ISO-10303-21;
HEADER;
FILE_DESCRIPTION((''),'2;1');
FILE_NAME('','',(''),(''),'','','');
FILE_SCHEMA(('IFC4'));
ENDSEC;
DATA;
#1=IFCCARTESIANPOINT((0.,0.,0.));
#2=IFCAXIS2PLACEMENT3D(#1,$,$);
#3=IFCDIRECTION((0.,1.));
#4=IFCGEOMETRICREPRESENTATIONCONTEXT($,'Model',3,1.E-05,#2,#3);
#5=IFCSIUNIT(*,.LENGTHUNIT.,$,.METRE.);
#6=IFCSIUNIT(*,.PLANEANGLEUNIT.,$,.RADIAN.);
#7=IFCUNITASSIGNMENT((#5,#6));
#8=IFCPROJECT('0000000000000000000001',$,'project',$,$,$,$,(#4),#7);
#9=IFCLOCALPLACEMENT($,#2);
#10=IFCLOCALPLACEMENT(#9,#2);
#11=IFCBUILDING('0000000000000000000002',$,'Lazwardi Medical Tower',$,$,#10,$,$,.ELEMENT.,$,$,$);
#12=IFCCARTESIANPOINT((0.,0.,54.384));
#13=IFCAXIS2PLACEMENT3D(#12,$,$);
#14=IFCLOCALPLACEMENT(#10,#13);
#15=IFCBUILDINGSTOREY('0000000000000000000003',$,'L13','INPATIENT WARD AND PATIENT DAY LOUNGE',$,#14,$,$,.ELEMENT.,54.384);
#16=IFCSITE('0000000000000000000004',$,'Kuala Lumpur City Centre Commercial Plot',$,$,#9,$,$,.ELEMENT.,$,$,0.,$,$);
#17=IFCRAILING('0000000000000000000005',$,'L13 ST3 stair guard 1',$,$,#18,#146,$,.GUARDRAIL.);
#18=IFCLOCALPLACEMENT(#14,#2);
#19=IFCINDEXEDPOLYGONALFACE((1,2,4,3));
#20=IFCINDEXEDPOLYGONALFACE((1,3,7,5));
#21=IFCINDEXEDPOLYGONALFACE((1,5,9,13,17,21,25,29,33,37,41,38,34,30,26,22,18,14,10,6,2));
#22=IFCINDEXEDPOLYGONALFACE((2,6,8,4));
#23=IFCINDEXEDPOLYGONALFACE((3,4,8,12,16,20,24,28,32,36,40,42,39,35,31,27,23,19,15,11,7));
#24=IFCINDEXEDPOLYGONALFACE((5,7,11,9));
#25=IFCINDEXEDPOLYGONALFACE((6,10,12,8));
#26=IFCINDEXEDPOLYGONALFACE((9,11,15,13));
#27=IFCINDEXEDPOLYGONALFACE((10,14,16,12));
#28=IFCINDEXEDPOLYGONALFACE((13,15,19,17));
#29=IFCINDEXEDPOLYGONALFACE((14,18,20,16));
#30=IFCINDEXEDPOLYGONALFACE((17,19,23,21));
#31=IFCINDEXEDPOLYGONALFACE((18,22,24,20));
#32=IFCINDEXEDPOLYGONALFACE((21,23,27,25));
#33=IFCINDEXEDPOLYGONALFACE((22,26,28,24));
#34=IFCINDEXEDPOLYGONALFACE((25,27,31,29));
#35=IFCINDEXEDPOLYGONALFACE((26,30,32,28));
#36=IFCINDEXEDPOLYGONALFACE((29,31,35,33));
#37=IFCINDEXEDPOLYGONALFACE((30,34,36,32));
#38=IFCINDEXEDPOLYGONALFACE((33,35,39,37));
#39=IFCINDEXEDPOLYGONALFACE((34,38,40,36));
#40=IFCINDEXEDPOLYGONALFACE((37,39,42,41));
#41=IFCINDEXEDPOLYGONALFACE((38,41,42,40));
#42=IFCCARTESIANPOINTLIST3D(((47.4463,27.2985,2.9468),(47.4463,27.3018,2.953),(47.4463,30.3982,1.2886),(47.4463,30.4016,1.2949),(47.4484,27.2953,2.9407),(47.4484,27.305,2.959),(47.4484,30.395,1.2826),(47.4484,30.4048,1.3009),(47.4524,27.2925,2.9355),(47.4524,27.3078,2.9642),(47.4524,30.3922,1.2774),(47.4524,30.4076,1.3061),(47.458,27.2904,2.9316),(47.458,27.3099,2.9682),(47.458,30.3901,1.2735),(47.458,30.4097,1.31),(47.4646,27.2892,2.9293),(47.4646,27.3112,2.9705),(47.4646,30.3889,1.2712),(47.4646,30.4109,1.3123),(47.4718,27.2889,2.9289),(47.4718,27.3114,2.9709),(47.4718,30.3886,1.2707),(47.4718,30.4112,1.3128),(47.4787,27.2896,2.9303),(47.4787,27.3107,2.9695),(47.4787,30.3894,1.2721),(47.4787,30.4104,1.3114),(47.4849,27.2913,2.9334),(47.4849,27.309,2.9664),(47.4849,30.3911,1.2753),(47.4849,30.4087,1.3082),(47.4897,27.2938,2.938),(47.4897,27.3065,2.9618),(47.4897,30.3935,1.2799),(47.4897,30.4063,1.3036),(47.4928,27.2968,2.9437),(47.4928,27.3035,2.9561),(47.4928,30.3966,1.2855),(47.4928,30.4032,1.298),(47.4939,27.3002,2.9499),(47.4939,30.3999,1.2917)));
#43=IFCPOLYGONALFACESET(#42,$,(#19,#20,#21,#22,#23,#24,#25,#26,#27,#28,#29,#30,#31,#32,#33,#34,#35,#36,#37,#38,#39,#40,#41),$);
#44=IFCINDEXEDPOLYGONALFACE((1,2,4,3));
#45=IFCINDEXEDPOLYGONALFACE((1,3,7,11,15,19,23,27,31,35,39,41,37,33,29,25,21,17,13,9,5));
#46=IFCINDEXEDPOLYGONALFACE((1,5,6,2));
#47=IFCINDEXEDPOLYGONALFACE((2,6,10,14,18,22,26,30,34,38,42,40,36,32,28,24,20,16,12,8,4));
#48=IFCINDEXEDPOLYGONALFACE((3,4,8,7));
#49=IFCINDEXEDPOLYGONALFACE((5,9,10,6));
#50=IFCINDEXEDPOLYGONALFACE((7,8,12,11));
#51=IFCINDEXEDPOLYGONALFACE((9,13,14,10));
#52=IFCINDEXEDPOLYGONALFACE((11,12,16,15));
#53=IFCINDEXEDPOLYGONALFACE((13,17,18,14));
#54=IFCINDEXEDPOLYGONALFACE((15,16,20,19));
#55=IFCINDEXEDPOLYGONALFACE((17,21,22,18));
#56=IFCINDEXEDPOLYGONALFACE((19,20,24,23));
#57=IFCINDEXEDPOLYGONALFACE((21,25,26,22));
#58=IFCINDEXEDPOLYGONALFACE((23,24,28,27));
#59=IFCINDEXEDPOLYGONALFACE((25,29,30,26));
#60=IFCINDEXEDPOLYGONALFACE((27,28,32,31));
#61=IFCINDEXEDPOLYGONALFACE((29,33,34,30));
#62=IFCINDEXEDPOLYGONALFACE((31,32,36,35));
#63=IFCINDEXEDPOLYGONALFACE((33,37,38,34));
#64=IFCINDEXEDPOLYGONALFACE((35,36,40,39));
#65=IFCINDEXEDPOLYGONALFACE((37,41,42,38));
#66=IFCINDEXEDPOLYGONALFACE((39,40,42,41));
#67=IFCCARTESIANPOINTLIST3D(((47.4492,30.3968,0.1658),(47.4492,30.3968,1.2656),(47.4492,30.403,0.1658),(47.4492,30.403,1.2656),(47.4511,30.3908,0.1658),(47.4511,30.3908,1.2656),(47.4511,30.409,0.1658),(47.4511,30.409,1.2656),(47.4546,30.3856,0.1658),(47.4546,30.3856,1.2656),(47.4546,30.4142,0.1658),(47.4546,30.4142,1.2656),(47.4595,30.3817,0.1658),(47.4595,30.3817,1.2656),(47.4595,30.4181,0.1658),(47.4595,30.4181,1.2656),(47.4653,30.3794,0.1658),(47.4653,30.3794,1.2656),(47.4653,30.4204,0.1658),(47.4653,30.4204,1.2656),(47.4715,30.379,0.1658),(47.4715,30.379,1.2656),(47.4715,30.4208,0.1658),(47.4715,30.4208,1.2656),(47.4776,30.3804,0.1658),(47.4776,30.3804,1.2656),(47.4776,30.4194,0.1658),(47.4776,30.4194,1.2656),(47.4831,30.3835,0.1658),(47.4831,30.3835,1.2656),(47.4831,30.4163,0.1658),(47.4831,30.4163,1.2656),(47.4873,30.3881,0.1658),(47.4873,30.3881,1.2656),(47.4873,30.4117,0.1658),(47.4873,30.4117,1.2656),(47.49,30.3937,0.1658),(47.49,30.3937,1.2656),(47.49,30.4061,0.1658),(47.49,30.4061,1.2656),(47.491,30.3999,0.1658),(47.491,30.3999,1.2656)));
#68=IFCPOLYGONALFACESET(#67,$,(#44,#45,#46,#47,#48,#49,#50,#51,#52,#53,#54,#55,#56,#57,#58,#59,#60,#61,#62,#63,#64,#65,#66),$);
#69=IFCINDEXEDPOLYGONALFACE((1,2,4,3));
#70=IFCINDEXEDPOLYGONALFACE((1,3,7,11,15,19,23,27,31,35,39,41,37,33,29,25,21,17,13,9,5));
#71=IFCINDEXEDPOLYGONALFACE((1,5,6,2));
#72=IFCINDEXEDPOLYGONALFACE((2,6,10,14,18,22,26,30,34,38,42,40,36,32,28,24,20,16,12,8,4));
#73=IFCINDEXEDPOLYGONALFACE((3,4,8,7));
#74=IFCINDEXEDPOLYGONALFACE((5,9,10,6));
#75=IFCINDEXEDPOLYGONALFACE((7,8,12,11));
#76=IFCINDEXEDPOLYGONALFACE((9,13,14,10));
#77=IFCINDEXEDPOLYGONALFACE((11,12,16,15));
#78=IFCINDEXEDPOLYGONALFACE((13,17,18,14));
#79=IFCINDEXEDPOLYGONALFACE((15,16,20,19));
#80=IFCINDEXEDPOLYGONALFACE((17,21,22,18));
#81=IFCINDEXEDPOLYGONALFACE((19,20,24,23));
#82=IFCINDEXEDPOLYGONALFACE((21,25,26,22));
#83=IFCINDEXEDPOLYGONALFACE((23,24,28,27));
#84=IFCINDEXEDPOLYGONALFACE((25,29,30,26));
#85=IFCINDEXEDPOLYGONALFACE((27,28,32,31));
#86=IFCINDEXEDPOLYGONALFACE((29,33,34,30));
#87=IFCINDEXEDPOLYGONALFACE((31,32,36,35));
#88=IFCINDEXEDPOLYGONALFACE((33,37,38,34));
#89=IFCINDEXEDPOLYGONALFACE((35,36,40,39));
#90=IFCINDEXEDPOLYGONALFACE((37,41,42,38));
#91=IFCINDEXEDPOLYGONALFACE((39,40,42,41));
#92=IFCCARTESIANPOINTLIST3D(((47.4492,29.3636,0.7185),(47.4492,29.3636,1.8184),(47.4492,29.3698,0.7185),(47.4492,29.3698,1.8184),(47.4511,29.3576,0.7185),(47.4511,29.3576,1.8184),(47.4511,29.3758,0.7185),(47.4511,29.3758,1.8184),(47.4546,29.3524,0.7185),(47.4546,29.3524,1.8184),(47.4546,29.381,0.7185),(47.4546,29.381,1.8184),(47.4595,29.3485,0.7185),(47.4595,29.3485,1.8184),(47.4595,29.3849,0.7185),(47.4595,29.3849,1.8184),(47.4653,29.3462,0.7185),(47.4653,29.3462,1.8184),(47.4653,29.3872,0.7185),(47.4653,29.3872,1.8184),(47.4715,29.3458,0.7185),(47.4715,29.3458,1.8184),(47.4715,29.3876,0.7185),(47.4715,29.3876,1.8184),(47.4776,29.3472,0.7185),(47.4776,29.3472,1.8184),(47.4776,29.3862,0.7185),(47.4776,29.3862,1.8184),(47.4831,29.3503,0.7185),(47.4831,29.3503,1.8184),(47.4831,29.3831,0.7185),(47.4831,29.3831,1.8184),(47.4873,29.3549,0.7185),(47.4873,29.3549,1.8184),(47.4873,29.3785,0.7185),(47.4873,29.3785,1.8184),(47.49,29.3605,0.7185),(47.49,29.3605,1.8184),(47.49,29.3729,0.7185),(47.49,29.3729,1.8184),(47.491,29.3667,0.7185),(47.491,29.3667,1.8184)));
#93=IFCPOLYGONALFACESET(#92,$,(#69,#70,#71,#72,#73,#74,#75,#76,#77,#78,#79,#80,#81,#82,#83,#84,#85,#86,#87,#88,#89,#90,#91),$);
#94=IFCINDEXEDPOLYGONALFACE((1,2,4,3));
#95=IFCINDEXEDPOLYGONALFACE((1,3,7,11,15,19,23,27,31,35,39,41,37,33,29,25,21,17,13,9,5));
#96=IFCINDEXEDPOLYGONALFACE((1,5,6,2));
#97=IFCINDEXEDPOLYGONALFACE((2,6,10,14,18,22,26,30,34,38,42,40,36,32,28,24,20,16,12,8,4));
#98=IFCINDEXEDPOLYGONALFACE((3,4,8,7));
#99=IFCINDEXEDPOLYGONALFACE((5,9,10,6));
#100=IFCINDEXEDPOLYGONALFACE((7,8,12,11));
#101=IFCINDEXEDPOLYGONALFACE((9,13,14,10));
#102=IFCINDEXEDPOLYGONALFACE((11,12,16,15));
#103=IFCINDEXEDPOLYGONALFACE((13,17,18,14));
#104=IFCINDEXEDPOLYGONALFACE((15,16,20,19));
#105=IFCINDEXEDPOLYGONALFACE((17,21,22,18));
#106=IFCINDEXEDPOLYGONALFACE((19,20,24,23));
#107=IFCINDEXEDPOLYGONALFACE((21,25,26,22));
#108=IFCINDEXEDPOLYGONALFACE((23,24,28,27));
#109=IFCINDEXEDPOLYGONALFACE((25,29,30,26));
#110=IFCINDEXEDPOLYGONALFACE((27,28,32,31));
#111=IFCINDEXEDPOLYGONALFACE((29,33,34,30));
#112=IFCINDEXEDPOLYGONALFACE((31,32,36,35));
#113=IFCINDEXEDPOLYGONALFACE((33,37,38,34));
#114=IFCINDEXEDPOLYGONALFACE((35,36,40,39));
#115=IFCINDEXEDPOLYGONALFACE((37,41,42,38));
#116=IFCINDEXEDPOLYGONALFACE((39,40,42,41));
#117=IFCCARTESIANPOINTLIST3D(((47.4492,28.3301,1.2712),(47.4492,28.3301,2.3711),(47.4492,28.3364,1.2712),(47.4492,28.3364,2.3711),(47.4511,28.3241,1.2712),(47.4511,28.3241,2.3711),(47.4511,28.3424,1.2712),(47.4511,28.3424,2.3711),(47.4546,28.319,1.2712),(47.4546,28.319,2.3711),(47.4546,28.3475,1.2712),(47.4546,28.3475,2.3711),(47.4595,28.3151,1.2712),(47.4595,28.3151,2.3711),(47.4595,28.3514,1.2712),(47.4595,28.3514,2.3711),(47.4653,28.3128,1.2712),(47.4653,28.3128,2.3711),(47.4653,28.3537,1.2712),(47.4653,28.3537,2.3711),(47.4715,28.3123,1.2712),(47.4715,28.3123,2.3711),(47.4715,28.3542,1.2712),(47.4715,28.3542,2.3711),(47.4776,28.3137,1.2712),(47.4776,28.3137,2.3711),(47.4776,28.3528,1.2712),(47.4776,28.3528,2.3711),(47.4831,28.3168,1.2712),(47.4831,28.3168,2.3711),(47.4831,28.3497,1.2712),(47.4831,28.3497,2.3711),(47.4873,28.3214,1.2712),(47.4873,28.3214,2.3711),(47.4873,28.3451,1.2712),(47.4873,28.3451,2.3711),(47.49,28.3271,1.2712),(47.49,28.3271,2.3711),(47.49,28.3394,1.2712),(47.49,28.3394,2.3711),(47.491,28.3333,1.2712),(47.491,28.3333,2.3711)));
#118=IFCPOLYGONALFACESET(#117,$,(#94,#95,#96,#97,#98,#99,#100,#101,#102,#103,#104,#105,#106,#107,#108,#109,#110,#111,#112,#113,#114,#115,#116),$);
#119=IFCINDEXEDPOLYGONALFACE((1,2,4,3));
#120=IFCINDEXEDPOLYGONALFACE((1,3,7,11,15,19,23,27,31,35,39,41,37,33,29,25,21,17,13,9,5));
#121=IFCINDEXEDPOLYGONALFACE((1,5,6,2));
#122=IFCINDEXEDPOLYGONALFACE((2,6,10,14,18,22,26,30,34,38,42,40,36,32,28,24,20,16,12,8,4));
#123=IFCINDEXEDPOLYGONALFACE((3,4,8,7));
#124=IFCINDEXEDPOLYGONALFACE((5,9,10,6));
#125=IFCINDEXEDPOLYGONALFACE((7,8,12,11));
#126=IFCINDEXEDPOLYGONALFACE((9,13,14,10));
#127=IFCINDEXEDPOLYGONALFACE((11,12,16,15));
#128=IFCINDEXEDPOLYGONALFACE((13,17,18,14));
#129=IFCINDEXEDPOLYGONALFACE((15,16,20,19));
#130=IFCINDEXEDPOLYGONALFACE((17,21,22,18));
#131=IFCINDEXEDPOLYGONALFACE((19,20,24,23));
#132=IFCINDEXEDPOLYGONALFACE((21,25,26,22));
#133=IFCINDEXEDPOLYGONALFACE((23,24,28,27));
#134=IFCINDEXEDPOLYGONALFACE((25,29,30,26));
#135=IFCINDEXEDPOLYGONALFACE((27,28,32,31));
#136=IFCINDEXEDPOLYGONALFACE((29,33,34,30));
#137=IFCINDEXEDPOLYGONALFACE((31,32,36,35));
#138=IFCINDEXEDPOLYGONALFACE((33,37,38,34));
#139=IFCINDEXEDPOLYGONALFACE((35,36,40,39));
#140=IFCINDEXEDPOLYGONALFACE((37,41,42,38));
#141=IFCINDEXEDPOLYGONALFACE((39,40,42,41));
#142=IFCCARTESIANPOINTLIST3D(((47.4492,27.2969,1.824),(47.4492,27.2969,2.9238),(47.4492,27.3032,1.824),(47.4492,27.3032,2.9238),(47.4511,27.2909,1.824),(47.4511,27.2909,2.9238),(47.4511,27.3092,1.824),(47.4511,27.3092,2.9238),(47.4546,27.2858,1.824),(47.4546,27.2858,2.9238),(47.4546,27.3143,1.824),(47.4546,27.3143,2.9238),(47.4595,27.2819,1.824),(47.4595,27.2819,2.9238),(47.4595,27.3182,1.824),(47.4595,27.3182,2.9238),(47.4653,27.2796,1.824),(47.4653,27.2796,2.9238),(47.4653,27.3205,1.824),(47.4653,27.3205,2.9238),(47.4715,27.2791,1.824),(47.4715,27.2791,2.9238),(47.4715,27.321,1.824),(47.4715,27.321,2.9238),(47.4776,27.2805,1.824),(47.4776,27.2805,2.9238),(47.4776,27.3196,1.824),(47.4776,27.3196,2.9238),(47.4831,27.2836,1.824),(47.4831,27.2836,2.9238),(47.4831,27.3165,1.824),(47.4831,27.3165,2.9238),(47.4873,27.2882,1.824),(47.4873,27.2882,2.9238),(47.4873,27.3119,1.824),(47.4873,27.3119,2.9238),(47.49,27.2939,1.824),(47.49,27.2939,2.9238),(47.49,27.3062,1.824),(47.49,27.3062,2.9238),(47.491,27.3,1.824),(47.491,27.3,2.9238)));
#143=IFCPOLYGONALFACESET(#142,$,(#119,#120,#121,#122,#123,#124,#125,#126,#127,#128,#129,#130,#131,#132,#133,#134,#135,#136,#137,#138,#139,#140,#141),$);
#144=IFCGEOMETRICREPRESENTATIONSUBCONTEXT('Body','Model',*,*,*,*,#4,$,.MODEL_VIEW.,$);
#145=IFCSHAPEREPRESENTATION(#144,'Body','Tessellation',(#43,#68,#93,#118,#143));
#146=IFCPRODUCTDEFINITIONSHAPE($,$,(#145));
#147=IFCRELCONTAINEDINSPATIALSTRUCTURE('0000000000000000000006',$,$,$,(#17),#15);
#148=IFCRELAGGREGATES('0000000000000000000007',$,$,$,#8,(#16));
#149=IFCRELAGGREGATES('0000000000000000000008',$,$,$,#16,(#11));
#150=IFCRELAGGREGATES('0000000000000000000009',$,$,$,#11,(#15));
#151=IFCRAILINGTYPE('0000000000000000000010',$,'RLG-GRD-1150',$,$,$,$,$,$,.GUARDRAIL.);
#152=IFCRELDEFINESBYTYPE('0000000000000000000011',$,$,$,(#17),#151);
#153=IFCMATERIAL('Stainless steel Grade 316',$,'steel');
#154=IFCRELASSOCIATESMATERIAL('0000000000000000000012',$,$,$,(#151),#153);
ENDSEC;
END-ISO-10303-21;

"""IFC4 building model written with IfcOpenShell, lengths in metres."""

from ifc_helpers import new_model, si_unit, direction, frame, origin, origin_2d, place, context, subcontext, project, spatial, circle, extrude, material, type_object, element, save


model = new_model("IFC4")

# Units and contexts
model_context = context("Model", 3, precision=1e-05, world=origin(), true_north=direction((0.0, 1.0)))
body_context = subcontext(model_context, "Body", "Model", "MODEL_VIEW")
ifc_project = project(units=[si_unit("LENGTHUNIT", "METRE"), si_unit("PLANEANGLEUNIT", "RADIAN")], contexts=[model_context])

# Site, building, storey
site_placement = place(None, origin())
site = spatial("IfcSite", under=ifc_project, at=site_placement, Name="Kuala Lumpur City Centre Commercial Plot", CompositionType="ELEMENT", RefElevation=0.0)
building_placement = place(site_placement, origin())
building = spatial("IfcBuilding", under=site, at=building_placement, Name="Lazwardi Medical Tower", CompositionType="ELEMENT")
storey_placement = place(building_placement, frame((0.0, 0.0, 54.384)))
storey = spatial("IfcBuildingStorey", under=building, at=storey_placement, Name="L13", Description="INPATIENT WARD AND PATIENT DAY LOUNGE", CompositionType="ELEMENT", Elevation=54.384)

# Railing
ifc_material_1 = material(Name="Stainless steel Grade 316", Category="steel")
railing_type_1 = type_object("IfcRailingType", Name="RLG-GRD-1150", PredefinedType="GUARDRAIL", material=ifc_material_1)
railing_1_placement = place(storey_placement, frame((47.47, 30.3999, 0.1658)))
element("IfcRailing", 1, at=railing_1_placement, inside=storey, type_object=railing_type_1, Name="L13 ST3 stair guard 1", PredefinedType="GUARDRAIL", context=body_context, shape_type="SweptSolid", body=[
    extrude(circle(Radius=0.0239, at=origin_2d()), frame((0.0, 0.0, 1.126), z_axis=(0.0, -0.881768, 0.471684), x_axis=(1.0, 0.0, 0.0)), (0.0, 0.0, 1.0), 3.5154),
    extrude(circle(Radius=0.021, at=origin_2d()), origin(), (0.0, 0.0, 1.0), 1.0999),
    extrude(circle(Radius=0.021, at=origin_2d()), frame((0.0, -1.0332, 0.5527)), (0.0, 0.0, 1.0), 1.0999),
    extrude(circle(Radius=0.021, at=origin_2d()), frame((0.0, -2.0667, 1.1055)), (0.0, 0.0, 1.0), 1.0999),
    extrude(circle(Radius=0.021, at=origin_2d()), frame((0.0, -3.0999, 1.6582)), (0.0, 0.0, 1.0), 1.0999),
])

save(model, "model.ifc")
